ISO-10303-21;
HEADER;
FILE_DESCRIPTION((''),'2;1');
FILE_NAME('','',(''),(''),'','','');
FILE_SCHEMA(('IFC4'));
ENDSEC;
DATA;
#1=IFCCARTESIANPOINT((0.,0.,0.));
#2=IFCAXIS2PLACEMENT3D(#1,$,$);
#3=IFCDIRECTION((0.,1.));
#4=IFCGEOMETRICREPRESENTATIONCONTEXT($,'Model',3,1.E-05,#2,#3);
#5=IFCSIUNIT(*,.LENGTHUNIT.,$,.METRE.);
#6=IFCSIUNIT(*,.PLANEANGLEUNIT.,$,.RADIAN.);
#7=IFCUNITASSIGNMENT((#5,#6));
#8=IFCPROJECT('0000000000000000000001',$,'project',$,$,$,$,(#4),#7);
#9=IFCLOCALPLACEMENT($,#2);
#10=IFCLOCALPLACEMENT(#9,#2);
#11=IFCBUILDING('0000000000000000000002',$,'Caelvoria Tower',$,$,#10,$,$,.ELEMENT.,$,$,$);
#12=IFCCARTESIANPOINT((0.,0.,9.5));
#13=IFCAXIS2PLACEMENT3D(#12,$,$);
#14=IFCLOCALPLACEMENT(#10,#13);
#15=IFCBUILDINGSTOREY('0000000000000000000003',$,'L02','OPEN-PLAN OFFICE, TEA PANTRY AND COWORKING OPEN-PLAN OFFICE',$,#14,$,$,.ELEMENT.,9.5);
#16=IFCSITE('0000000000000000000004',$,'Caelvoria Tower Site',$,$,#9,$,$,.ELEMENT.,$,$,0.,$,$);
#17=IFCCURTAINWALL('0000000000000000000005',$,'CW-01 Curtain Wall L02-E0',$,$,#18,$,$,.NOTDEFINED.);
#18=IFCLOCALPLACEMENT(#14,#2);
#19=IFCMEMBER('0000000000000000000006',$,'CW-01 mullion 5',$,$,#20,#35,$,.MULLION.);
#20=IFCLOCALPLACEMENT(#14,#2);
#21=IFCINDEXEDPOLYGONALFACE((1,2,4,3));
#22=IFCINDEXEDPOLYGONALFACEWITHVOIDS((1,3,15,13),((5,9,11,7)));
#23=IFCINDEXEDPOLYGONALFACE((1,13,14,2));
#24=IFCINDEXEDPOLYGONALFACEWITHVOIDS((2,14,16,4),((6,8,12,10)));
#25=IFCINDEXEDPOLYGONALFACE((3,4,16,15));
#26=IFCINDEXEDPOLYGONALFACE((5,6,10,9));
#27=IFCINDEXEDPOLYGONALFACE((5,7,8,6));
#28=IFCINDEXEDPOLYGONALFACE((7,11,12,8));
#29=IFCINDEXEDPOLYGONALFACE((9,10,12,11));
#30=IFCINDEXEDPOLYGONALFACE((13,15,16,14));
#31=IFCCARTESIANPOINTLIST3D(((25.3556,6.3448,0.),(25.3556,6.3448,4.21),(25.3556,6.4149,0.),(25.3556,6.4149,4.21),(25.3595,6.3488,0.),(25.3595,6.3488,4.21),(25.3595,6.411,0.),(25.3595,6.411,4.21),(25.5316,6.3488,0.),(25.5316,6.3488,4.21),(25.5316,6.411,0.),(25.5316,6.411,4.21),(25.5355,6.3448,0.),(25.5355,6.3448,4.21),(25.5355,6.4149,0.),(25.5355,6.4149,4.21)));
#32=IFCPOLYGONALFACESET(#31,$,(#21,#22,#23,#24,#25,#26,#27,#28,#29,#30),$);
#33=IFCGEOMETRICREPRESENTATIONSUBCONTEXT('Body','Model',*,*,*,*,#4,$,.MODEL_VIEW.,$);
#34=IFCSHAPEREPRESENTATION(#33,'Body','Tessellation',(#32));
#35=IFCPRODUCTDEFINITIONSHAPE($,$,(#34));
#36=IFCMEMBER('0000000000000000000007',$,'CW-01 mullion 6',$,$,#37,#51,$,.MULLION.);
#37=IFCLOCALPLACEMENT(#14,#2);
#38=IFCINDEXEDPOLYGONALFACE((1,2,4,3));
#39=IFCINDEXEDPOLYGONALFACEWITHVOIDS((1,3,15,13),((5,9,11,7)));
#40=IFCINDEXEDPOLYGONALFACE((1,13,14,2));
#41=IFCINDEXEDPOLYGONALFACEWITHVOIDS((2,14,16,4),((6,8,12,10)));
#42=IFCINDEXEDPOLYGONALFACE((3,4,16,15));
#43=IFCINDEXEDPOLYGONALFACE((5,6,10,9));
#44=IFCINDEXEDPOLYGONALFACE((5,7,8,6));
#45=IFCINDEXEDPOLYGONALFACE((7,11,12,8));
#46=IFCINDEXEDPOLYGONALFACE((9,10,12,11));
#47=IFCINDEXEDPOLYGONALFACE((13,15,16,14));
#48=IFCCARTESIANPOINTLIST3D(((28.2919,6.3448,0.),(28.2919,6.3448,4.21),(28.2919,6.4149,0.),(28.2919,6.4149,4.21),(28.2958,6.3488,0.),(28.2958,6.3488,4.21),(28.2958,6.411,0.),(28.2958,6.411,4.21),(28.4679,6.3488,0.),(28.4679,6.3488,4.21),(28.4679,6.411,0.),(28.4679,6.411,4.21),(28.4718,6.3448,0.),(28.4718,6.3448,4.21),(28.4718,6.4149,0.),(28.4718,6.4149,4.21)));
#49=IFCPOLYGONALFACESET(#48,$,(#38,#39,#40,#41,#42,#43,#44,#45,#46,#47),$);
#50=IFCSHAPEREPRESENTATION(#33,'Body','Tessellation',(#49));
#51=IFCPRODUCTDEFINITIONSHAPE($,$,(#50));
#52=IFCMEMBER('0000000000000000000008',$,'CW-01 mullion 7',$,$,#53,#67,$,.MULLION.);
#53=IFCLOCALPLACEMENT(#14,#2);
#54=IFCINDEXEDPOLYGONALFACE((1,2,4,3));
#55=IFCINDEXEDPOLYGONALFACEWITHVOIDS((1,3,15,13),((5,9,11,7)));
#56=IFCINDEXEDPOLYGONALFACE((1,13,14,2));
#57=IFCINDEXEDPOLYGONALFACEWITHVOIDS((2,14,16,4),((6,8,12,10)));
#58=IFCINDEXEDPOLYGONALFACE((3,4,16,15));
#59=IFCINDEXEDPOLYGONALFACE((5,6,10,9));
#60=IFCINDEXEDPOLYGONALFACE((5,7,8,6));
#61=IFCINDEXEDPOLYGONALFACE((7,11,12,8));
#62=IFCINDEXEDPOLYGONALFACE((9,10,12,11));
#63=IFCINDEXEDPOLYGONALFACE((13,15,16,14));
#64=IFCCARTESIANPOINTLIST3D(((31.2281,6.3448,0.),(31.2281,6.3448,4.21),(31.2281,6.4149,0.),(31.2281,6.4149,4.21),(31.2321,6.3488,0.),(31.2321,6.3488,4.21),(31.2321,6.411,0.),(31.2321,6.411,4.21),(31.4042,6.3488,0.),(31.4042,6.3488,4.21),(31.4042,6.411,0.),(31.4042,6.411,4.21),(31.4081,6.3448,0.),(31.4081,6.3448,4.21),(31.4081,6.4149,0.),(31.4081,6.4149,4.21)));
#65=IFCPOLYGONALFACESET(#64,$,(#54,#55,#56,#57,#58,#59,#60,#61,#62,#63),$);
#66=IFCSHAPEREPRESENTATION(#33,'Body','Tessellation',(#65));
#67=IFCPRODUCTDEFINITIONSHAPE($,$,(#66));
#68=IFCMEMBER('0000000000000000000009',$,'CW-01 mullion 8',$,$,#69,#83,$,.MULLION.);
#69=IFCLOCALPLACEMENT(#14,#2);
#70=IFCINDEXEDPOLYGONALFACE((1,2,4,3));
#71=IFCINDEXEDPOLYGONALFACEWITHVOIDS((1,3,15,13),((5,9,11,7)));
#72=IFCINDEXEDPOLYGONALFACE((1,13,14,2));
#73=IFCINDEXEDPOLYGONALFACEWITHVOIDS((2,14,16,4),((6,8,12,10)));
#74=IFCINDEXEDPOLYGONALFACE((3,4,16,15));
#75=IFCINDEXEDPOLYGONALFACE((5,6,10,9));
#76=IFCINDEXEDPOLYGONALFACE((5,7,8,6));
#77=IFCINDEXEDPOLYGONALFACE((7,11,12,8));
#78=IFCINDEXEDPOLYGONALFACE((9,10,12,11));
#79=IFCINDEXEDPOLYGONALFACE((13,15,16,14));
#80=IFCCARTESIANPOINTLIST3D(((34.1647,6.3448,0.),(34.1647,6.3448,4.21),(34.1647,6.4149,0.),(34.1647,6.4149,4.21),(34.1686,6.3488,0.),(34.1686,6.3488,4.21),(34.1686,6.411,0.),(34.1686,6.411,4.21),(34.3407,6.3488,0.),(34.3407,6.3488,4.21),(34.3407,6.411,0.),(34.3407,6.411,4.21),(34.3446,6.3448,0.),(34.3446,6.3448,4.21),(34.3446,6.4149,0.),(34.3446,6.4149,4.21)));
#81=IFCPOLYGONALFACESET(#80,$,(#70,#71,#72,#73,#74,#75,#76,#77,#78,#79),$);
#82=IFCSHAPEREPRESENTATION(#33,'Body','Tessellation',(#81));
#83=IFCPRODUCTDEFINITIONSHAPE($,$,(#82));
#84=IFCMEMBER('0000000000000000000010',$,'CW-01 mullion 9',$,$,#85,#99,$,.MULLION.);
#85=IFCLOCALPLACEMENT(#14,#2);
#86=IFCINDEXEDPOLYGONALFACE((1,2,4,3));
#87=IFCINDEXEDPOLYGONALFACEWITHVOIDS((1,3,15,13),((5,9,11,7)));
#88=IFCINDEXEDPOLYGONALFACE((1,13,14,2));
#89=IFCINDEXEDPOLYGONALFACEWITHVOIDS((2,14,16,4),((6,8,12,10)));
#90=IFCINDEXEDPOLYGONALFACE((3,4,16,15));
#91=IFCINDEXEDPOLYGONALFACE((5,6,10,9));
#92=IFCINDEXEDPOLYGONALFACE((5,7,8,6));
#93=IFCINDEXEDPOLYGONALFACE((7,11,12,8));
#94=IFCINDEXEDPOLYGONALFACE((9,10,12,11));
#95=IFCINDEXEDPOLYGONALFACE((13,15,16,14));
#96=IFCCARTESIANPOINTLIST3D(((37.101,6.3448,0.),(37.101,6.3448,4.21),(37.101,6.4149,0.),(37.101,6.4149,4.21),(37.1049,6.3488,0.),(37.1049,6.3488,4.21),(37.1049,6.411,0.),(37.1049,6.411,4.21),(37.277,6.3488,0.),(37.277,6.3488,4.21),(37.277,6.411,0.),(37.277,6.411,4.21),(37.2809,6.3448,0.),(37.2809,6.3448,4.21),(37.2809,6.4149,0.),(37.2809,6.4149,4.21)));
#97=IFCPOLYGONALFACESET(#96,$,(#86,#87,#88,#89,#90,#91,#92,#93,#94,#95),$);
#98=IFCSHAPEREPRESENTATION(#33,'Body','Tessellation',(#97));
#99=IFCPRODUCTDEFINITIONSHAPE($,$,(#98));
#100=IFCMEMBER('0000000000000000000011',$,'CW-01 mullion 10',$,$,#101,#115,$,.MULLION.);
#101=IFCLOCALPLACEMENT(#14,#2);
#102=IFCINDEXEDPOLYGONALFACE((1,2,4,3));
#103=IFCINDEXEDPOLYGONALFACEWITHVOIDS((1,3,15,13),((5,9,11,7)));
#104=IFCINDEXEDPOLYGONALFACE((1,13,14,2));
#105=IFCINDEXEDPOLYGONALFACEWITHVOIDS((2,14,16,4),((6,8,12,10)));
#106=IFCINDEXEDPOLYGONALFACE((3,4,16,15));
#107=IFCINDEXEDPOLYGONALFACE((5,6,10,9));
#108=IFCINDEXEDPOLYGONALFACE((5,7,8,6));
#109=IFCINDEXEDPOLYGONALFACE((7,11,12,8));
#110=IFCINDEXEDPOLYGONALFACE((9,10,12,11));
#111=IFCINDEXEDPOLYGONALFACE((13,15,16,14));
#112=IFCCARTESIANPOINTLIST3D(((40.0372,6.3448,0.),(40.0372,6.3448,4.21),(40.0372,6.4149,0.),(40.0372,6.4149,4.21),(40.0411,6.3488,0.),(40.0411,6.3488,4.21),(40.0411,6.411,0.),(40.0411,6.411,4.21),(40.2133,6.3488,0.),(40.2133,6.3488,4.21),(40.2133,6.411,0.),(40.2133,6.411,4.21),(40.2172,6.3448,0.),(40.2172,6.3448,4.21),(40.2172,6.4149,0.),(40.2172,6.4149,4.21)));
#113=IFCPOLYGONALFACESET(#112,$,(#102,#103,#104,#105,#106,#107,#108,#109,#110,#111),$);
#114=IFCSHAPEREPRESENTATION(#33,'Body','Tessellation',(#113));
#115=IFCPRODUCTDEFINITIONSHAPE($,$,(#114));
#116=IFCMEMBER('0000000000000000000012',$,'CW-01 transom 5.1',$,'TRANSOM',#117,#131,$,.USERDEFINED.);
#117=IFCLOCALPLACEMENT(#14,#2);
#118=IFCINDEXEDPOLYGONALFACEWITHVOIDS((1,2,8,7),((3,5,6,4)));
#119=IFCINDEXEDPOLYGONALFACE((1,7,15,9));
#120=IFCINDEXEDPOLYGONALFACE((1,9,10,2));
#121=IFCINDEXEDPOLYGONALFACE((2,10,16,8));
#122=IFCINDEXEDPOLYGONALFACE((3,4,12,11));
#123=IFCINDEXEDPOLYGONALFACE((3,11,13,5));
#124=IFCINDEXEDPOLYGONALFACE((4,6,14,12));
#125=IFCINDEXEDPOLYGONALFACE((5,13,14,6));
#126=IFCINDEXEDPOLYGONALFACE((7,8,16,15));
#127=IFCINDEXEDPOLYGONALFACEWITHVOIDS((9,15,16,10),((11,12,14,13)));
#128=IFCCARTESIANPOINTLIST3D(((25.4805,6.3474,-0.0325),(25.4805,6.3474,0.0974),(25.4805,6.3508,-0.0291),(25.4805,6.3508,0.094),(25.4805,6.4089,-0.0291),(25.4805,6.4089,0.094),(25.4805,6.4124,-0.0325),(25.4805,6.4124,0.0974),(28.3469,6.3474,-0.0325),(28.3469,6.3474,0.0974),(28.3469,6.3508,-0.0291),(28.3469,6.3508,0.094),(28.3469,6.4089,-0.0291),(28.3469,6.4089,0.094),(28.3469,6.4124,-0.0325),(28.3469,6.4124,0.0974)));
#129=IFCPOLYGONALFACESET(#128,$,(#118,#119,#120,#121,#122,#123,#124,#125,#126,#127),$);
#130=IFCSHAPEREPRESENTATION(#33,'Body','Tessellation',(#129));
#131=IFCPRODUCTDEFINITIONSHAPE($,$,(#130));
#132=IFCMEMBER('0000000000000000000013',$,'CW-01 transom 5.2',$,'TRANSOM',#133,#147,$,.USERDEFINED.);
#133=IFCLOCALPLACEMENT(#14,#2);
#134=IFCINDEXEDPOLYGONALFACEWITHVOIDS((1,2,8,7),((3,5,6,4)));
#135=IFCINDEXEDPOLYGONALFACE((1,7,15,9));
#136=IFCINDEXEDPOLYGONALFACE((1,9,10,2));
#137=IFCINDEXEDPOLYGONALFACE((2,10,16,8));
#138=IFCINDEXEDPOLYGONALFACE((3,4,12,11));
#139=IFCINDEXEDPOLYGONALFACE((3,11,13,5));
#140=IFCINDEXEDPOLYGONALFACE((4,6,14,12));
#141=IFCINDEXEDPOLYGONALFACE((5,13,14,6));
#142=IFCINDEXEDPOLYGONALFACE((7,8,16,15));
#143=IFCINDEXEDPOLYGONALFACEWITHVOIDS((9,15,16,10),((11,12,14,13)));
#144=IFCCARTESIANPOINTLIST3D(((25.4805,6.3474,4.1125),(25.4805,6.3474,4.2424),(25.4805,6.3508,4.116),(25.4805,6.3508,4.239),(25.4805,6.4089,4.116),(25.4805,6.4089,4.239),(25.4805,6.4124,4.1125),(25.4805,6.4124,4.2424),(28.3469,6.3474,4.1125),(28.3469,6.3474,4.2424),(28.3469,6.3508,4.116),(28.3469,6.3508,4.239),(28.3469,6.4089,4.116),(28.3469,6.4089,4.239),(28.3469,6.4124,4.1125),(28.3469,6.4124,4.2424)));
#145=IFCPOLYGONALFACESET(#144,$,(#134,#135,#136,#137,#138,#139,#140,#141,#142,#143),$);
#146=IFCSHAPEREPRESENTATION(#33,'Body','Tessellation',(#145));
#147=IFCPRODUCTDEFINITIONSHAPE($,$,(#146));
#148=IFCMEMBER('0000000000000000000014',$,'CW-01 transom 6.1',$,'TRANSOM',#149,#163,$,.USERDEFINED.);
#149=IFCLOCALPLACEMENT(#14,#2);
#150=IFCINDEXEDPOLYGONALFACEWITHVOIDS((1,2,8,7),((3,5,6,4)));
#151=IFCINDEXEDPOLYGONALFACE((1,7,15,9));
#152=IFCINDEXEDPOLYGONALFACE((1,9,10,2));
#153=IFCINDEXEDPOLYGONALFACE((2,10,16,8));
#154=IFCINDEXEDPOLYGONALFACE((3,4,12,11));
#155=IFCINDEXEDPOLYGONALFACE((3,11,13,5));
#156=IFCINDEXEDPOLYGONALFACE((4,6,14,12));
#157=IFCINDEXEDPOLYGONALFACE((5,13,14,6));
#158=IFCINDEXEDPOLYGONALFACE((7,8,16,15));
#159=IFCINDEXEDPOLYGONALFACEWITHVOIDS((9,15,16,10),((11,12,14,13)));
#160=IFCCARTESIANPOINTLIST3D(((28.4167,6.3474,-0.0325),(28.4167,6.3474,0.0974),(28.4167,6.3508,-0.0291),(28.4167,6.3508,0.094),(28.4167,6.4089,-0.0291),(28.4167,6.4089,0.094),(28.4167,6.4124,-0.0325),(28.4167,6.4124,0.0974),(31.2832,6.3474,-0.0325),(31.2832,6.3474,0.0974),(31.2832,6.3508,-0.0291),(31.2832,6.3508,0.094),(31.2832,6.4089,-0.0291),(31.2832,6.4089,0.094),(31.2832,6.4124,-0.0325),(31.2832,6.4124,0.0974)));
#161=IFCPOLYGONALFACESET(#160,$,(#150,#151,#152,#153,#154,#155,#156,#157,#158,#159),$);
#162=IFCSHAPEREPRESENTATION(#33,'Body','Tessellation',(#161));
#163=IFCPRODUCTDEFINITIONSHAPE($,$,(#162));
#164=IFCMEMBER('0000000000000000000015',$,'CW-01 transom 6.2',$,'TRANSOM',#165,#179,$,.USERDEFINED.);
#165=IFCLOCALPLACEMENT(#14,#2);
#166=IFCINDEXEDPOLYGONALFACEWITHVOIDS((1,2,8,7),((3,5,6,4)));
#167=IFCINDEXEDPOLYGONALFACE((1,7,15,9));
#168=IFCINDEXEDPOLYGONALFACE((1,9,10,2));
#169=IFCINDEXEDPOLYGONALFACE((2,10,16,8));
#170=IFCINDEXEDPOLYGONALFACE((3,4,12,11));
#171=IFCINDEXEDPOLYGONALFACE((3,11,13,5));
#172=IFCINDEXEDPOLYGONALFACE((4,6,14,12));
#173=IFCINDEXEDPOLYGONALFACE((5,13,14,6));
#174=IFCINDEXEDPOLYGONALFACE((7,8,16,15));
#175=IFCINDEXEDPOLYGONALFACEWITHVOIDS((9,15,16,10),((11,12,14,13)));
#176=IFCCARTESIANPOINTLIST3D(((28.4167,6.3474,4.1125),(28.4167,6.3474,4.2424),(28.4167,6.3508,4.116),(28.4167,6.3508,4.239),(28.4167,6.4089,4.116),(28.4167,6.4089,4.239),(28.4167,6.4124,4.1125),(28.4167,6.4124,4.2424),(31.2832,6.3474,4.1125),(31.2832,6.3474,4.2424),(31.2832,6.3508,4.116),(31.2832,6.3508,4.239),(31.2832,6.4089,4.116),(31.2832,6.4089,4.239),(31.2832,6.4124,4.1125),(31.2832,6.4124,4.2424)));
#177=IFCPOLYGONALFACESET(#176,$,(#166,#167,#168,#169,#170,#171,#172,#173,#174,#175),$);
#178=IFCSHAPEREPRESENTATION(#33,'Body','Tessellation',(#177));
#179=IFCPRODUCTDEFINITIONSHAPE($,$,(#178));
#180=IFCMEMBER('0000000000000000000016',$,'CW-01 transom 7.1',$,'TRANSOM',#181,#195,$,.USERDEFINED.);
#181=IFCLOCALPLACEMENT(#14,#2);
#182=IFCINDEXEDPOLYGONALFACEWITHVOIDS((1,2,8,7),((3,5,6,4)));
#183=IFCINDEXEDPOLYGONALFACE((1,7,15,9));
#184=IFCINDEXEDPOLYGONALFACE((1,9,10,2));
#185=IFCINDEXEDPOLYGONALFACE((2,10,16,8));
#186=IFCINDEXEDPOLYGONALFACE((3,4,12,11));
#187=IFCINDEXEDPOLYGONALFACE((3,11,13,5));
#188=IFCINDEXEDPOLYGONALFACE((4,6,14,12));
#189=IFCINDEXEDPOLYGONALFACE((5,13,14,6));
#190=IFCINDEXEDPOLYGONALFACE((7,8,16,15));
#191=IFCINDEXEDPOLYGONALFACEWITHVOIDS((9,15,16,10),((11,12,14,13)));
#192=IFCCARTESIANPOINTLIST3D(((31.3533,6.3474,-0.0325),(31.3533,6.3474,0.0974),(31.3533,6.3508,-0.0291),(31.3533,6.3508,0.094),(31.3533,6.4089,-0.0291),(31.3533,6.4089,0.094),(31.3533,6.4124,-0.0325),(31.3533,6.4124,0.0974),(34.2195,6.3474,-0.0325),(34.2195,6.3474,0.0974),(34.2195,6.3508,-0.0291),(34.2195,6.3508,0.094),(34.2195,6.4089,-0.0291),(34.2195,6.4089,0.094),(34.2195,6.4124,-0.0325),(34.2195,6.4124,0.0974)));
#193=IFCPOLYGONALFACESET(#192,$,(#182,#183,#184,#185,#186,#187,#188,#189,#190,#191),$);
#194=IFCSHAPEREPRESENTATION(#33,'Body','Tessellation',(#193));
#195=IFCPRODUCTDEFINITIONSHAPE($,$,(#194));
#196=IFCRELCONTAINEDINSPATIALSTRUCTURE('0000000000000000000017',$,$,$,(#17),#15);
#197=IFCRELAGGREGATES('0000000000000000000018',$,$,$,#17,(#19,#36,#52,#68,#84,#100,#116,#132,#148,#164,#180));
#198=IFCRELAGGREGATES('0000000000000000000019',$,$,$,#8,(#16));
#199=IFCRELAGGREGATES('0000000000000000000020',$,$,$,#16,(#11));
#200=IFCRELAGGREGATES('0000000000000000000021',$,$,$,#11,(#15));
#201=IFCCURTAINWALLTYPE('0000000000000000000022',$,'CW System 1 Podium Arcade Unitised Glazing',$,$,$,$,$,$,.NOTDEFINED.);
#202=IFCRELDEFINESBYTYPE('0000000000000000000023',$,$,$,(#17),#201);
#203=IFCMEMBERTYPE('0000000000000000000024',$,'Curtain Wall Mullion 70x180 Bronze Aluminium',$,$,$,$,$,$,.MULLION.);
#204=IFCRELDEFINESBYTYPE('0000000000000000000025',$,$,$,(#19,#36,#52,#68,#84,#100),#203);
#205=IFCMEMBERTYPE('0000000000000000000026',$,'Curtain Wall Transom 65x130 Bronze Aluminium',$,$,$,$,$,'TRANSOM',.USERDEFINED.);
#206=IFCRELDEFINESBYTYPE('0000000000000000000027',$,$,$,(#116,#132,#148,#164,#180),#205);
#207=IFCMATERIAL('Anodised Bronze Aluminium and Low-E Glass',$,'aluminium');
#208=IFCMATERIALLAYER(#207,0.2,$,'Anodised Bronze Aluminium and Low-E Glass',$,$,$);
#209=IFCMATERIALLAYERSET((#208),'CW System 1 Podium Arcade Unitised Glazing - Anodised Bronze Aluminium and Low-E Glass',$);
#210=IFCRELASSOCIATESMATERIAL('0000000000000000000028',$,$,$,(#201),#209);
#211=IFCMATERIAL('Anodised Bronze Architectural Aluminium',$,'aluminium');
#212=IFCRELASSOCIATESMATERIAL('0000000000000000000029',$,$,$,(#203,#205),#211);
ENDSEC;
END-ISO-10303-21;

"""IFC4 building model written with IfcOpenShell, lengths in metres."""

from ifc_helpers import new_model, si_unit, direction, frame, origin, origin_2d, place, context, subcontext, project, spatial, hollow_rectangle, extrude, material, layer, layer_set, material_profile, profile_set, type_object, element, aggregate, save


model = new_model("IFC4")

# Units and contexts
model_context = context("Model", 3, precision=1e-05, world=origin(), true_north=direction((0.0, 1.0)))
body_context = subcontext(model_context, "Body", "Model", "MODEL_VIEW")
ifc_project = project(units=[si_unit("LENGTHUNIT", "METRE"), si_unit("PLANEANGLEUNIT", "RADIAN")], contexts=[model_context])

# Site, building, storey
site_placement = place(None, origin())
site = spatial("IfcSite", under=ifc_project, at=site_placement, Name="Caelvoria Tower Site", CompositionType="ELEMENT", RefElevation=0.0)
building_placement = place(site_placement, origin())
building = spatial("IfcBuilding", under=site, at=building_placement, Name="Caelvoria Tower", CompositionType="ELEMENT")
storey_placement = place(building_placement, frame((0.0, 0.0, 9.5)))
storey = spatial("IfcBuildingStorey", under=building, at=storey_placement, Name="L02", Description="OPEN-PLAN OFFICE, TEA PANTRY AND COWORKING OPEN-PLAN OFFICE", CompositionType="ELEMENT", Elevation=9.5)

# Curtain wall, members
ifc_material_1 = material(Name="Anodised Bronze Aluminium and Low-E Glass", Category="aluminium")
ifc_layer_1 = layer(ifc_material_1, 0.2, Name="Anodised Bronze Aluminium and Low-E Glass")
ifc_layer_set_1 = layer_set([ifc_layer_1], Name="CW System 1 Podium Arcade Unitised Glazing - Anodised Bronze Aluminium and Low-E Glass")
curtain_wall_type = type_object("IfcCurtainWallType", Name="CW System 1 Podium Arcade Unitised Glazing", PredefinedType="NOTDEFINED", material=ifc_layer_set_1)
curtain_wall_placement = place(storey_placement, origin())
curtain_wall = element("IfcCurtainWall", 1, at=curtain_wall_placement, inside=storey, type_object=curtain_wall_type, Name="CW-01 Curtain Wall L02-E0", PredefinedType="NOTDEFINED")
ifc_material_2 = material(Name="Anodised Bronze Architectural Aluminium", Category="aluminium")
ifc_material_profile_1 = material_profile(ifc_material_2, hollow_rectangle(XDim=0.0701, YDim=0.1799, WallThickness=0.0039, at=origin_2d()), Name="Anodised Bronze Architectural Aluminium")
ifc_profile_set_1 = profile_set([ifc_material_profile_1], Name="CW_MULL_70X180 - Anodised Bronze Architectural Aluminium")
member_type_1 = type_object("IfcMemberType", Name="Curtain Wall Mullion 70x180 Bronze Aluminium", PredefinedType="MULLION", material=ifc_profile_set_1)
member_1_placement = place(storey_placement, frame((25.4456, 6.3799, 0.0), z_axis=(0.0, 0.0, 1.0), x_axis=(0.0, 1.0, 0.0)))
member_1 = element("IfcMember", 2, at=member_1_placement, type_object=member_type_1, Name="CW-01 mullion 5", PredefinedType="MULLION", context=body_context, shape_type="SweptSolid", body=[
    extrude(hollow_rectangle(XDim=0.0701, YDim=0.1799, WallThickness=0.0039, at=origin_2d()), origin(), (0.0, 0.0, 1.0), 4.21),
])
member_2_placement = place(storey_placement, frame((28.3818, 6.3799, 0.0), z_axis=(0.0, 0.0, 1.0), x_axis=(0.0, 1.0, 0.0)))
member_2 = element("IfcMember", 3, at=member_2_placement, type_object=member_type_1, Name="CW-01 mullion 6", PredefinedType="MULLION", context=body_context, shape_type="SweptSolid", body=[
    extrude(hollow_rectangle(XDim=0.0701, YDim=0.1799, WallThickness=0.0039, at=origin_2d()), origin(), (0.0, 0.0, 1.0), 4.21),
])
member_3_placement = place(storey_placement, frame((31.3181, 6.3799, 0.0), z_axis=(0.0, 0.0, 1.0), x_axis=(0.0, 1.0, 0.0)))
member_3 = element("IfcMember", 4, at=member_3_placement, type_object=member_type_1, Name="CW-01 mullion 7", PredefinedType="MULLION", context=body_context, shape_type="SweptSolid", body=[
    extrude(hollow_rectangle(XDim=0.0701, YDim=0.1799, WallThickness=0.0039, at=origin_2d()), origin(), (0.0, 0.0, 1.0), 4.21),
])
member_4_placement = place(storey_placement, frame((34.2546, 6.3799, 0.0), z_axis=(0.0, 0.0, 1.0), x_axis=(0.0, 1.0, 0.0)))
member_4 = element("IfcMember", 5, at=member_4_placement, type_object=member_type_1, Name="CW-01 mullion 8", PredefinedType="MULLION", context=body_context, shape_type="SweptSolid", body=[
    extrude(hollow_rectangle(XDim=0.0701, YDim=0.1799, WallThickness=0.0039, at=origin_2d()), origin(), (0.0, 0.0, 1.0), 4.21),
])
member_5_placement = place(storey_placement, frame((37.1909, 6.3799, 0.0), z_axis=(0.0, 0.0, 1.0), x_axis=(0.0, 1.0, 0.0)))
member_5 = element("IfcMember", 6, at=member_5_placement, type_object=member_type_1, Name="CW-01 mullion 9", PredefinedType="MULLION", context=body_context, shape_type="SweptSolid", body=[
    extrude(hollow_rectangle(XDim=0.0701, YDim=0.1799, WallThickness=0.0039, at=origin_2d()), origin(), (0.0, 0.0, 1.0), 4.21),
])
member_6_placement = place(storey_placement, frame((40.1272, 6.3799, 0.0), z_axis=(0.0, 0.0, 1.0), x_axis=(0.0, 1.0, 0.0)))
member_6 = element("IfcMember", 7, at=member_6_placement, type_object=member_type_1, Name="CW-01 mullion 10", PredefinedType="MULLION", context=body_context, shape_type="SweptSolid", body=[
    extrude(hollow_rectangle(XDim=0.0701, YDim=0.1799, WallThickness=0.0039, at=origin_2d()), origin(), (0.0, 0.0, 1.0), 4.21),
])
ifc_material_profile_2 = material_profile(ifc_material_2, hollow_rectangle(XDim=0.0649, YDim=0.1299, WallThickness=0.0034, at=origin_2d()), Name="Anodised Bronze Architectural Aluminium")
ifc_profile_set_2 = profile_set([ifc_material_profile_2], Name="CW_TRAN_65X130 - Anodised Bronze Architectural Aluminium")
member_type_2 = type_object("IfcMemberType", Name="Curtain Wall Transom 65x130 Bronze Aluminium", ElementType="TRANSOM", PredefinedType="USERDEFINED", material=ifc_profile_set_2)
member_7_placement = place(storey_placement, frame((25.4805, 6.3799, 0.0325), z_axis=(1.0, 0.0, 0.0), x_axis=(0.0, 1.0, 0.0)))
member_7 = element("IfcMember", 8, at=member_7_placement, type_object=member_type_2, Name="CW-01 transom 5.1", ObjectType="TRANSOM", PredefinedType="USERDEFINED", context=body_context, shape_type="SweptSolid", body=[
    extrude(hollow_rectangle(XDim=0.0649, YDim=0.1299, WallThickness=0.0034, at=origin_2d()), origin(), (0.0, 0.0, 1.0), 2.8665),
])
member_8_placement = place(storey_placement, frame((25.4805, 6.3799, 4.1775), z_axis=(1.0, 0.0, 0.0), x_axis=(0.0, 1.0, 0.0)))
member_8 = element("IfcMember", 9, at=member_8_placement, type_object=member_type_2, Name="CW-01 transom 5.2", ObjectType="TRANSOM", PredefinedType="USERDEFINED", context=body_context, shape_type="SweptSolid", body=[
    extrude(hollow_rectangle(XDim=0.0649, YDim=0.1299, WallThickness=0.0034, at=origin_2d()), origin(), (0.0, 0.0, 1.0), 2.8665),
])
member_9_placement = place(storey_placement, frame((28.4167, 6.3799, 0.0325), z_axis=(1.0, 0.0, 0.0), x_axis=(0.0, 1.0, 0.0)))
member_9 = element("IfcMember", 10, at=member_9_placement, type_object=member_type_2, Name="CW-01 transom 6.1", ObjectType="TRANSOM", PredefinedType="USERDEFINED", context=body_context, shape_type="SweptSolid", body=[
    extrude(hollow_rectangle(XDim=0.0649, YDim=0.1299, WallThickness=0.0034, at=origin_2d()), origin(), (0.0, 0.0, 1.0), 2.8665),
])
member_10_placement = place(storey_placement, frame((28.4167, 6.3799, 4.1775), z_axis=(1.0, 0.0, 0.0), x_axis=(0.0, 1.0, 0.0)))
member_10 = element("IfcMember", 11, at=member_10_placement, type_object=member_type_2, Name="CW-01 transom 6.2", ObjectType="TRANSOM", PredefinedType="USERDEFINED", context=body_context, shape_type="SweptSolid", body=[
    extrude(hollow_rectangle(XDim=0.0649, YDim=0.1299, WallThickness=0.0034, at=origin_2d()), origin(), (0.0, 0.0, 1.0), 2.8665),
])
member_11_placement = place(storey_placement, frame((31.3533, 6.3799, 0.0325), z_axis=(1.0, 0.0, 0.0), x_axis=(0.0, 1.0, 0.0)))
member_11 = element("IfcMember", 12, at=member_11_placement, type_object=member_type_2, Name="CW-01 transom 7.1", ObjectType="TRANSOM", PredefinedType="USERDEFINED", context=body_context, shape_type="SweptSolid", body=[
    extrude(hollow_rectangle(XDim=0.0649, YDim=0.1299, WallThickness=0.0034, at=origin_2d()), origin(), (0.0, 0.0, 1.0), 2.8662),
])
aggregate(curtain_wall, [member_1, member_2, member_3, member_4, member_5, member_6, member_7, member_8, member_9, member_10, member_11])

save(model, "model.ifc")
